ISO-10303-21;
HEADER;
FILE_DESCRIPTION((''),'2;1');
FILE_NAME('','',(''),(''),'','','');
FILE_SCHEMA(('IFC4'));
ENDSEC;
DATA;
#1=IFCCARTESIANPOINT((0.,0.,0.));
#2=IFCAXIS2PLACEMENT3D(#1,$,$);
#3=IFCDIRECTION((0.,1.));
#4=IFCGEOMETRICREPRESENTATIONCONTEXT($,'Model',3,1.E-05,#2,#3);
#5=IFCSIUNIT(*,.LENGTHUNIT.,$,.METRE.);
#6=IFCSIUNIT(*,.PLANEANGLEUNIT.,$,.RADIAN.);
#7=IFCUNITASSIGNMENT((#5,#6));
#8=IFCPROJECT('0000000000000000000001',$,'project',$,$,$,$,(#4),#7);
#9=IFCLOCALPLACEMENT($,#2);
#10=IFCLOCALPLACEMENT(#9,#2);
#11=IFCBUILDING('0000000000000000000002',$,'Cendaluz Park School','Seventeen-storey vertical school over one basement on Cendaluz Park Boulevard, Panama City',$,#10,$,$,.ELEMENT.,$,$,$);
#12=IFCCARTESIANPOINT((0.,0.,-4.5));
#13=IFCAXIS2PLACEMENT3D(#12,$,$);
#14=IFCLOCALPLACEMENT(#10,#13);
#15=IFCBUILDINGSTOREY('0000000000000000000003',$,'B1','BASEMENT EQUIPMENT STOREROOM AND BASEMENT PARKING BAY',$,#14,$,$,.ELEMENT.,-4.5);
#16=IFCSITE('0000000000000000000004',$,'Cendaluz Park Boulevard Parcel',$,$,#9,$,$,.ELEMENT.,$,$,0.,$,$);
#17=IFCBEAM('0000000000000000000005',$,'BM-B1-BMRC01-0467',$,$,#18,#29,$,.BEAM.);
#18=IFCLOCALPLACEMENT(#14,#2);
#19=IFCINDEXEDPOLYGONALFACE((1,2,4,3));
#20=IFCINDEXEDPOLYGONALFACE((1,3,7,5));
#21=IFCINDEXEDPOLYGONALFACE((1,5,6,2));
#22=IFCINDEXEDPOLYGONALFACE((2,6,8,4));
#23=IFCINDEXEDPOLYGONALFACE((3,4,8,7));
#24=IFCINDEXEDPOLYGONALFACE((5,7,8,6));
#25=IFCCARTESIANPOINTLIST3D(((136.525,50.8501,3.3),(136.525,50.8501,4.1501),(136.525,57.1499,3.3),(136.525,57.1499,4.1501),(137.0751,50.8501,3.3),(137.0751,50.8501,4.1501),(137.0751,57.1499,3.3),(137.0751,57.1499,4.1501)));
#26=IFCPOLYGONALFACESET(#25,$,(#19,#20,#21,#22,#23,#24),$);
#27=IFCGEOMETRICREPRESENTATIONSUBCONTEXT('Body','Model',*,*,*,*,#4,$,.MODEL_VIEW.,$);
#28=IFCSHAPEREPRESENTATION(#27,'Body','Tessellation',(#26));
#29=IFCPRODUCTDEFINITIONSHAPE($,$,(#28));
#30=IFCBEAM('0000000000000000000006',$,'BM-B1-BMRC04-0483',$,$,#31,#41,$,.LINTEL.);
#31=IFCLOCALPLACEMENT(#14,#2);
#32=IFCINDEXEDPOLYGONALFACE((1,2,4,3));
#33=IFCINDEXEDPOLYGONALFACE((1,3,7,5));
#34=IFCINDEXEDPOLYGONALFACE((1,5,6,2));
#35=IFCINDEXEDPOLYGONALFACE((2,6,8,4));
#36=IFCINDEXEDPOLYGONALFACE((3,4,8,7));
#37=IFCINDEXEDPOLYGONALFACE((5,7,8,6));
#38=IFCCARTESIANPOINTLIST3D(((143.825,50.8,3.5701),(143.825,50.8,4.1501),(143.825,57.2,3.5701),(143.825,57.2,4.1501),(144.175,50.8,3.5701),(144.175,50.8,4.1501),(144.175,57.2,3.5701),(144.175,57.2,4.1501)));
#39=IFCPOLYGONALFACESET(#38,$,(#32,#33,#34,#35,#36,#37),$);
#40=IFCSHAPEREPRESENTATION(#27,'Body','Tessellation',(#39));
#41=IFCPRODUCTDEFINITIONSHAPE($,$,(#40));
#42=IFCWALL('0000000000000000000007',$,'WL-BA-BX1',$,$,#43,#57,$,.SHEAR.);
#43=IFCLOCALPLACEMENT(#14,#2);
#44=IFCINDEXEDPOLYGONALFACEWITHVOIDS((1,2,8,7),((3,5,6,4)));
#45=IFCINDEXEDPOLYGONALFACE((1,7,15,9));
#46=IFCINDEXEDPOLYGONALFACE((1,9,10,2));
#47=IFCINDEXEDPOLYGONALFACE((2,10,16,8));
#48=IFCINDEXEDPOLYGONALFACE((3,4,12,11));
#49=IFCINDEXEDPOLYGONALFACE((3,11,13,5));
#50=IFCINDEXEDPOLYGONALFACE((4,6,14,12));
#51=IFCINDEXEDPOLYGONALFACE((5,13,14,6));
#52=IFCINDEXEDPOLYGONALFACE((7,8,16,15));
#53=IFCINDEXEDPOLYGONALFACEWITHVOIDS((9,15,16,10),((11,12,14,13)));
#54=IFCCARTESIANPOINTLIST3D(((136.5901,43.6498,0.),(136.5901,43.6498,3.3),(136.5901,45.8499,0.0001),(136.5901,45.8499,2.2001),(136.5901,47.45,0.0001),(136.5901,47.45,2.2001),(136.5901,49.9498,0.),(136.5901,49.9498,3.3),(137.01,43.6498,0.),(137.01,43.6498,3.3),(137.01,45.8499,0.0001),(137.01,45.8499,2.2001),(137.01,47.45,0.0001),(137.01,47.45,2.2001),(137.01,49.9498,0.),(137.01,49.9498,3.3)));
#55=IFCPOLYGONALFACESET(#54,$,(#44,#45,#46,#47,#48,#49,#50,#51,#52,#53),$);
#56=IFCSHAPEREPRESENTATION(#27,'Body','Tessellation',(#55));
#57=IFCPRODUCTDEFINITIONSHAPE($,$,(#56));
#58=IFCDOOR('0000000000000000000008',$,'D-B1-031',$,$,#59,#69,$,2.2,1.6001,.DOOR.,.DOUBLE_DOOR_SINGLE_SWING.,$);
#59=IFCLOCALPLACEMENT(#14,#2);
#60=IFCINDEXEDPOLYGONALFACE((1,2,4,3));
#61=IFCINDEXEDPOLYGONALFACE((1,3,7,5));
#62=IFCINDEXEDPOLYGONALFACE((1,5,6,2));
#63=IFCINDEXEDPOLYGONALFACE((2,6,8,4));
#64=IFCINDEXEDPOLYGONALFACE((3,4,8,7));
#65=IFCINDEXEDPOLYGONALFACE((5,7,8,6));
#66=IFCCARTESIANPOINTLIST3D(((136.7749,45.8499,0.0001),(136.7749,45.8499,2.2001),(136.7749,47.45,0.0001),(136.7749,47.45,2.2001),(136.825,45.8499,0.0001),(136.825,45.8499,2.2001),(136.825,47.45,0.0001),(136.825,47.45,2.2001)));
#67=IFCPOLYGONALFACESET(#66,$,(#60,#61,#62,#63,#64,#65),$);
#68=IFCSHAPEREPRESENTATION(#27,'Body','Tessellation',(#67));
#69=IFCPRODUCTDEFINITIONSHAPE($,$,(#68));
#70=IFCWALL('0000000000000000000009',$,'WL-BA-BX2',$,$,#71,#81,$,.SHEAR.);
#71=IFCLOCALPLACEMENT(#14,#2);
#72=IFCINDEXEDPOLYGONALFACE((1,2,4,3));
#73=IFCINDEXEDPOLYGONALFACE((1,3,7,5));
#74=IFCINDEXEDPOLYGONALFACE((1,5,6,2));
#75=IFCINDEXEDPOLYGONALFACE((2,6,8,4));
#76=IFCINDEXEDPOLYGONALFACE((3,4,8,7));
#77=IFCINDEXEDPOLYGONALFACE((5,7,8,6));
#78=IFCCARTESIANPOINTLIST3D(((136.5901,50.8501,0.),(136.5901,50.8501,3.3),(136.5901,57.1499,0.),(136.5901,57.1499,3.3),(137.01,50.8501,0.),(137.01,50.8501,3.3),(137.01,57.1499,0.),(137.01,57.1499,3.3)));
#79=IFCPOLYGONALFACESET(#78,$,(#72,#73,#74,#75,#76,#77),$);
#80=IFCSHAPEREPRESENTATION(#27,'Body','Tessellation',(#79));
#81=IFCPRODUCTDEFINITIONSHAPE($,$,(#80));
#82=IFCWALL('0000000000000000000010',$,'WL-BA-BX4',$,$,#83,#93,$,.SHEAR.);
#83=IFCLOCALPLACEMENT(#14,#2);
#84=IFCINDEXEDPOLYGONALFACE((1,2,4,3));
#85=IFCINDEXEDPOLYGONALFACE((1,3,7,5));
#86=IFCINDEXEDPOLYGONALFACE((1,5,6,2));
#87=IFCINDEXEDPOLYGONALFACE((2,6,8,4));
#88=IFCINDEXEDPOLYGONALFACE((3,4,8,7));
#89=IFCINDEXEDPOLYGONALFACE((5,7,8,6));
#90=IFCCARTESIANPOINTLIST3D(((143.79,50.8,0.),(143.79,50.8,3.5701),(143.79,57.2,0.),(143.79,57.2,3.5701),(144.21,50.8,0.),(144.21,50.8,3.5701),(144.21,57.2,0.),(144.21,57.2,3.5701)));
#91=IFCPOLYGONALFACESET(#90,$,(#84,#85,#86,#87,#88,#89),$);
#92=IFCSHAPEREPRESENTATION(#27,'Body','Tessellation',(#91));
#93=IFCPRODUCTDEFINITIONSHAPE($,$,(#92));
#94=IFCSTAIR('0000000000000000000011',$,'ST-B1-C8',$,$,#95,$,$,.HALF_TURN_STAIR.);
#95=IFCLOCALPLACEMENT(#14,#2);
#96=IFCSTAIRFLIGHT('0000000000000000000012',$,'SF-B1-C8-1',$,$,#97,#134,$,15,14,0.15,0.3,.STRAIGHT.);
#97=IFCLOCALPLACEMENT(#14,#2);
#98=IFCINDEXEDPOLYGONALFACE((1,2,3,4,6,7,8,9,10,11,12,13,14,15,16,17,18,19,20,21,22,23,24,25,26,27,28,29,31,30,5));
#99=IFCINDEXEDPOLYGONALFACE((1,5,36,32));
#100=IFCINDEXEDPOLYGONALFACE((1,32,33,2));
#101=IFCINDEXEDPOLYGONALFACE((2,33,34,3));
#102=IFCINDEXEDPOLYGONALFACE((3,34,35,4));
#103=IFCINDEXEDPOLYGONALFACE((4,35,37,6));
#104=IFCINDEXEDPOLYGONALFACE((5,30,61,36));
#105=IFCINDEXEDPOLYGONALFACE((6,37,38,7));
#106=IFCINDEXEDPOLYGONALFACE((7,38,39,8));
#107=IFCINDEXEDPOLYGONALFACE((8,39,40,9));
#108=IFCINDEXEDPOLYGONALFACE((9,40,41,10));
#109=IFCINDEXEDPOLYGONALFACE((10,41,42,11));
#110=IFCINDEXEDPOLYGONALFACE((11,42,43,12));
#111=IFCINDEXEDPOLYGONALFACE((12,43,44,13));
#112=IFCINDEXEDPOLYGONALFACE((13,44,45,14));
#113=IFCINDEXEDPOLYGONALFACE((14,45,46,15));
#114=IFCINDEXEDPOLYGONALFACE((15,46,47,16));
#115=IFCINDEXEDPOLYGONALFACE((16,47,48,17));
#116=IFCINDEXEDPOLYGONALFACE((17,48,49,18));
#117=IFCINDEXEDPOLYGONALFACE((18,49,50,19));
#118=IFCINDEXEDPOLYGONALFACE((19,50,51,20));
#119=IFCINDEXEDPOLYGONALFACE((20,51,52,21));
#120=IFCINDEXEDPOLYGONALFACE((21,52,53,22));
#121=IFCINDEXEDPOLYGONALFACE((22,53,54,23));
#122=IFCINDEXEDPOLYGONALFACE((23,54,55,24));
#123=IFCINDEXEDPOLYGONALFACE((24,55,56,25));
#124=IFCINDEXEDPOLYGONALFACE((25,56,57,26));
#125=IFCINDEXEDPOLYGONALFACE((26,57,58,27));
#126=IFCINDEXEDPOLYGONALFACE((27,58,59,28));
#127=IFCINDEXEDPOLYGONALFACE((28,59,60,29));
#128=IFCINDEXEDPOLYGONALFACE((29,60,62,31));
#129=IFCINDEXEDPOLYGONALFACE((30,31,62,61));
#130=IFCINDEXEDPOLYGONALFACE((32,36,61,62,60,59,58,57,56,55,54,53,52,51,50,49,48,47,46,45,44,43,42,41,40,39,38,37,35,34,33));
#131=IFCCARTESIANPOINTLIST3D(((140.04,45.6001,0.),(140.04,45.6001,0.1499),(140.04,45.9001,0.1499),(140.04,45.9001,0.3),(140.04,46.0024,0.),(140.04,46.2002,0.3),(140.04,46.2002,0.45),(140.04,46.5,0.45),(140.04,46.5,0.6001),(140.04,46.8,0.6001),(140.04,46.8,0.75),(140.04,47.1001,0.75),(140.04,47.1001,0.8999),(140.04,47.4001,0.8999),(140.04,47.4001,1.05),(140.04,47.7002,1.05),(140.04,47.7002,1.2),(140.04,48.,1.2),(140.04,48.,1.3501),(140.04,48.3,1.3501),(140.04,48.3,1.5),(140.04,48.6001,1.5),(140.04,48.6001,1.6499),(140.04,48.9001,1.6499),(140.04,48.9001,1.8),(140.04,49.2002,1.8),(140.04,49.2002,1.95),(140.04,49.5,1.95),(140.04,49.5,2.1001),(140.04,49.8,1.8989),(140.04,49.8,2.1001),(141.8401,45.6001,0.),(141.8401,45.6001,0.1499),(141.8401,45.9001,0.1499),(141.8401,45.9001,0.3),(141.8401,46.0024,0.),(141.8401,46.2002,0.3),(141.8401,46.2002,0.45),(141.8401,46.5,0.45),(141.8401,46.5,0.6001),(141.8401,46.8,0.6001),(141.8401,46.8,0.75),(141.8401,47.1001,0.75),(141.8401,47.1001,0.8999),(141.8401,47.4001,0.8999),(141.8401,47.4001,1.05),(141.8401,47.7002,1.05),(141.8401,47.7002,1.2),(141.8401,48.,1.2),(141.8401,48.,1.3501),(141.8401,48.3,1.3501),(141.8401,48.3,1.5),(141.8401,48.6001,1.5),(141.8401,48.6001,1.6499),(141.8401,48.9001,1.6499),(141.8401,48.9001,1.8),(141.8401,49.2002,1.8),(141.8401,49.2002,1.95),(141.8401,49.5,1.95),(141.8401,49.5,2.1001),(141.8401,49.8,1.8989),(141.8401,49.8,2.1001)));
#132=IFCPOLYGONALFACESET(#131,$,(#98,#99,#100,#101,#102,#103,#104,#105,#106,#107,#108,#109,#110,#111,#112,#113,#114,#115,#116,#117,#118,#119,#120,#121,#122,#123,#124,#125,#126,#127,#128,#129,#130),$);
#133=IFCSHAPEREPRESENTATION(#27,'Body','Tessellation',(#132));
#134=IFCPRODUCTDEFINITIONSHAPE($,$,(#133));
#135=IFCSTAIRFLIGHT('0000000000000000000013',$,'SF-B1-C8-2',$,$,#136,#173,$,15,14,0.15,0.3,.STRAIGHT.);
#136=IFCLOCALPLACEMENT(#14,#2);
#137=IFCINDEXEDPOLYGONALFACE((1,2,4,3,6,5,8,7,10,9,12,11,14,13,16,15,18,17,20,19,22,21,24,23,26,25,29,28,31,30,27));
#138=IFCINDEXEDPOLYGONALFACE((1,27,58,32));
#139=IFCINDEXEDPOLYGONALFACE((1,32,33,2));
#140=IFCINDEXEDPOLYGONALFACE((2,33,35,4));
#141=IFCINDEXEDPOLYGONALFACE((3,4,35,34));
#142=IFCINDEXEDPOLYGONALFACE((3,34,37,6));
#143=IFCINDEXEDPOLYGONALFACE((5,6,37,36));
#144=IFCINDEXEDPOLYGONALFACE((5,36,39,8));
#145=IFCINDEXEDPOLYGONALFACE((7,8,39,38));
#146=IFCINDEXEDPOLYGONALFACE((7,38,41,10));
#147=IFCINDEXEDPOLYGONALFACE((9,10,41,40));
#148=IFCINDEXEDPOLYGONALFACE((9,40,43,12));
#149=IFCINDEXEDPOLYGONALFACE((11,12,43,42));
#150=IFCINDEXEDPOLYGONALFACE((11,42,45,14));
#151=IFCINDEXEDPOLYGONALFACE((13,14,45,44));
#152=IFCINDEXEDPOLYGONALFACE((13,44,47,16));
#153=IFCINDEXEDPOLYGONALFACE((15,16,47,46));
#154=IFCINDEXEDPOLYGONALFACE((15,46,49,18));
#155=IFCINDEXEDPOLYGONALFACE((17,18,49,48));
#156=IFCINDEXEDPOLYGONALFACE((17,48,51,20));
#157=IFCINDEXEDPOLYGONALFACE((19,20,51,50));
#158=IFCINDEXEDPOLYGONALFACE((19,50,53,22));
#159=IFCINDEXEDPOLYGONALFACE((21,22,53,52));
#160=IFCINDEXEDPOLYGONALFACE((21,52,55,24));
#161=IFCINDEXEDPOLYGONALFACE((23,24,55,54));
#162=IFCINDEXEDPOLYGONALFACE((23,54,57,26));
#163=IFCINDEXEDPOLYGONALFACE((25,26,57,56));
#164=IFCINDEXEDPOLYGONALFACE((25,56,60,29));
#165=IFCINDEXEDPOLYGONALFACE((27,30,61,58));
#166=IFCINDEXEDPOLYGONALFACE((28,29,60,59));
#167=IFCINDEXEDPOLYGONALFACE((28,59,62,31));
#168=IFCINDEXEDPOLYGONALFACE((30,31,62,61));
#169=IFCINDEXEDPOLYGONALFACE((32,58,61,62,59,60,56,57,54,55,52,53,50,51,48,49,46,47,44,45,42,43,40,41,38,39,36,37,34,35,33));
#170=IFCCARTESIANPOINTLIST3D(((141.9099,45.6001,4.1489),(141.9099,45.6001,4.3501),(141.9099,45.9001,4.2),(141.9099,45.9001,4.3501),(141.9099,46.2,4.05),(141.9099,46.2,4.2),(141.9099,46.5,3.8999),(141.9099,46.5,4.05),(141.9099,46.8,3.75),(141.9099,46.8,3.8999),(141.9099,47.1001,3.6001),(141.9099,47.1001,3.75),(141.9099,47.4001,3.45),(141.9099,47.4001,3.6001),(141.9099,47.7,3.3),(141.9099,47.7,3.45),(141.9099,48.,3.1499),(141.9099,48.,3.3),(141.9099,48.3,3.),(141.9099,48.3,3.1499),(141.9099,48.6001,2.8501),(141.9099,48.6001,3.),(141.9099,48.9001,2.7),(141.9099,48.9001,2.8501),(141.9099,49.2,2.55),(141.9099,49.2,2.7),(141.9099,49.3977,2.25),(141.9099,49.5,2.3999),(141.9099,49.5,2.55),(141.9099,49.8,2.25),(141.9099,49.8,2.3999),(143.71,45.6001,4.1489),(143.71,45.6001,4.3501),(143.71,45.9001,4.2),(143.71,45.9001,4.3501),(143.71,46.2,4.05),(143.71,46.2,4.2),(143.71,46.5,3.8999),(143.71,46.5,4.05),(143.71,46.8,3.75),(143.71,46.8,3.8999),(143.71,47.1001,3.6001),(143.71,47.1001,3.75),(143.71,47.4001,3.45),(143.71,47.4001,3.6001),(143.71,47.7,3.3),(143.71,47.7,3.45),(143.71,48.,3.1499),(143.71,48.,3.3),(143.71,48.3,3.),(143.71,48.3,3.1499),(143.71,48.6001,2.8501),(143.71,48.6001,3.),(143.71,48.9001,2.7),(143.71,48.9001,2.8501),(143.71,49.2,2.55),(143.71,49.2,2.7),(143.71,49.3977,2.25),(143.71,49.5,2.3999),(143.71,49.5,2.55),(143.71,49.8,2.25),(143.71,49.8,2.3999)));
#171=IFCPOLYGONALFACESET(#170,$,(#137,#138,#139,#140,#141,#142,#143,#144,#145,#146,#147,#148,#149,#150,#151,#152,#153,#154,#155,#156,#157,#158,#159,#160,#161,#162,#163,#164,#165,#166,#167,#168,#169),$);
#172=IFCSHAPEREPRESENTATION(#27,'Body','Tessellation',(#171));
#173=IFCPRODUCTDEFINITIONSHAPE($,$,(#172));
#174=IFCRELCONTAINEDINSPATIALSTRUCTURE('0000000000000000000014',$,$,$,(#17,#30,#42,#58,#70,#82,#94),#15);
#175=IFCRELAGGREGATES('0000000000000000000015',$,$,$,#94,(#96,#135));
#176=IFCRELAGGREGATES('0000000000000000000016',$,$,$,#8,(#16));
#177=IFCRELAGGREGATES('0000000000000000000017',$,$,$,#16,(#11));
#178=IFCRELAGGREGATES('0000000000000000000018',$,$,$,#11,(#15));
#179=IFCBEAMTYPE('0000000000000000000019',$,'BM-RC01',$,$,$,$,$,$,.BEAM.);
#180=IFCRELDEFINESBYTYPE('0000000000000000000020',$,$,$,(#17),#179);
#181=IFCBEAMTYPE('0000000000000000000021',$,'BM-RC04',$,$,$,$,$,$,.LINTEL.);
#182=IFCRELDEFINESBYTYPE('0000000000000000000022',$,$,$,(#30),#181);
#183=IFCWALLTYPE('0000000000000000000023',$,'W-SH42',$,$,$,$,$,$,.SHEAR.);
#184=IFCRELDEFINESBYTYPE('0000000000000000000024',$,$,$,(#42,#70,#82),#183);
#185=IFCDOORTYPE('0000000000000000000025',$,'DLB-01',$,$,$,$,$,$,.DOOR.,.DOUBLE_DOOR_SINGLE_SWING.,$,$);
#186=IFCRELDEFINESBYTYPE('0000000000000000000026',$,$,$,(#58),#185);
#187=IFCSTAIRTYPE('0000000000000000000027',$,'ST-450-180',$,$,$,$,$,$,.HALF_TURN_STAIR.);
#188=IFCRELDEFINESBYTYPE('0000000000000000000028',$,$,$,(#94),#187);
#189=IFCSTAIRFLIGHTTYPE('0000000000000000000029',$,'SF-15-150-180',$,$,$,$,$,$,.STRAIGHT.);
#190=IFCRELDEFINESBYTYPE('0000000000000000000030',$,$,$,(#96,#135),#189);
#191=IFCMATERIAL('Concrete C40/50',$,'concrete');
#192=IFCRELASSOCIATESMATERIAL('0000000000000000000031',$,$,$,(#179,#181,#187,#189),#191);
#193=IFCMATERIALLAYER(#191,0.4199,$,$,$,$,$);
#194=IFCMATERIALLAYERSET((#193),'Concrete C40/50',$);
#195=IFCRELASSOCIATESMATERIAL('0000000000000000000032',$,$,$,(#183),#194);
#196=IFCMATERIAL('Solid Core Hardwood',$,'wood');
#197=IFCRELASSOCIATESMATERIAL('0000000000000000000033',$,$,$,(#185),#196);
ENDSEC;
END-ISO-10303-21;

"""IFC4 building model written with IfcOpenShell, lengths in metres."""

from ifc_helpers import new_model, si_unit, direction, frame, frame_2d, origin, origin_2d, place, context, subcontext, project, spatial, polyline, rectangle, outline, extrude, material, layer, layer_set, material_profile, profile_set, type_object, element, fill, aggregate, save


model = new_model("IFC4")

# Units and contexts
model_context = context("Model", 3, precision=1e-05, world=origin(), true_north=direction((0.0, 1.0)))
body_context = subcontext(model_context, "Body", "Model", "MODEL_VIEW")
ifc_project = project(units=[si_unit("LENGTHUNIT", "METRE"), si_unit("PLANEANGLEUNIT", "RADIAN")], contexts=[model_context])

# Site, building, storey
site_placement = place(None, origin())
site = spatial("IfcSite", under=ifc_project, at=site_placement, Name="Cendaluz Park Boulevard Parcel", CompositionType="ELEMENT", RefElevation=0.0)
building_placement = place(site_placement, origin())
building = spatial("IfcBuilding", under=site, at=building_placement, Name="Cendaluz Park School", Description="Seventeen-storey vertical school over one basement on Cendaluz Park Boulevard, Panama City", CompositionType="ELEMENT")
storey_placement = place(building_placement, frame((0.0, 0.0, -4.5)))
storey = spatial("IfcBuildingStorey", under=building, at=storey_placement, Name="B1", Description="BASEMENT EQUIPMENT STOREROOM AND BASEMENT PARKING BAY", CompositionType="ELEMENT", Elevation=-4.5)

# Shared definitions
ifc_material_1 = material(Name="Concrete C40/50", Category="concrete")

# Beams
ifc_material_profile_1 = material_profile(ifc_material_1, rectangle(XDim=0.55, YDim=0.8501, at=origin_2d()), Name="RC 550x850", Category="concrete")
ifc_profile_set_1 = profile_set([ifc_material_profile_1], Name="Concrete C40/50")
beam_type_1 = type_object("IfcBeamType", Name="BM-RC01", PredefinedType="BEAM", material=ifc_profile_set_1)
beam_1_placement = place(storey_placement, frame((136.8, 50.8501, 3.7251), z_axis=(0.0, 1.0, 0.0), x_axis=(-1.0, 0.0, 0.0)))
element("IfcBeam", 1, at=beam_1_placement, inside=storey, type_object=beam_type_1, Name="BM-B1-BMRC01-0467", PredefinedType="BEAM", context=body_context, shape_type="SweptSolid", body=[
    extrude(rectangle(XDim=0.55, YDim=0.8501, at=origin_2d()), origin(), (0.0, 0.0, 1.0), 6.2998),
])
ifc_material_profile_2 = material_profile(ifc_material_1, rectangle(XDim=0.3501, YDim=0.5801, at=origin_2d()), Name="RC 350x580", Category="concrete")
ifc_profile_set_2 = profile_set([ifc_material_profile_2], Name="Concrete C40/50")
beam_type_2 = type_object("IfcBeamType", Name="BM-RC04", PredefinedType="LINTEL", material=ifc_profile_set_2)
beam_2_placement = place(storey_placement, frame((144.0, 50.8, 3.8601), z_axis=(0.0, 1.0, 0.0), x_axis=(-1.0, 0.0, 0.0)))
element("IfcBeam", 2, at=beam_2_placement, inside=storey, type_object=beam_type_2, Name="BM-B1-BMRC04-0483", PredefinedType="LINTEL", context=body_context, shape_type="SweptSolid", body=[
    extrude(rectangle(XDim=0.3501, YDim=0.5801, at=origin_2d()), origin(), (0.0, 0.0, 1.0), 6.3999),
])

# Wall, opening, door
ifc_layer = layer(ifc_material_1, 0.4199)
ifc_layer_set = layer_set([ifc_layer], Name="Concrete C40/50")
wall_type = type_object("IfcWallType", Name="W-SH42", PredefinedType="SHEAR", material=ifc_layer_set)
wall_1_placement = place(storey_placement, frame((136.8, 43.6499, 0.0), z_axis=(0.0, 0.0, 1.0), x_axis=(0.0, 1.0, 0.0)))
wall_1 = element("IfcWall", 3, at=wall_1_placement, inside=storey, type_object=wall_type, Name="WL-BA-BX1", PredefinedType="SHEAR", context=body_context, shape_type="SweptSolid", body=[
    extrude(rectangle(XDim=6.3, YDim=0.4199, at=frame_2d((3.1499, 0.0))), origin(), (0.0, 0.0, 1.0), 3.3),
])
opening_placement = place(wall_1_placement, frame((2.2, 0.0, 0.0)))
opening = element("IfcOpeningElement", 4, at=opening_placement, cuts=wall_1, PredefinedType="OPENING", context=body_context, shape_type="SweptSolid", body=[
    extrude(rectangle(XDim=1.6001, YDim=2.2, at=frame_2d((0.8, 1.1001))), frame((0.0, 0.2219, 0.0), z_axis=(0.0, -1.0, 0.0), x_axis=(1.0, 0.0, 0.0)), (0.0, 0.0, 1.0), 0.4438),
])
ifc_material_2 = material(Name="Solid Core Hardwood", Category="wood")
door_type = type_object("IfcDoorType", Name="DLB-01", OperationType="DOUBLE_DOOR_SINGLE_SWING", PredefinedType="DOOR", material=ifc_material_2)
door_placement = place(opening_placement, frame((1.6001, 0.0, 0.0), z_axis=(0.0, 0.0, 1.0), x_axis=(-1.0, 0.0, 0.0)))
door = element("IfcDoor", 5, at=door_placement, inside=storey, type_object=door_type, Name="D-B1-031", OperationType="DOUBLE_DOOR_SINGLE_SWING", OverallHeight=2.2, OverallWidth=1.6001, PredefinedType="DOOR", context=body_context, shape_type="SweptSolid", body=[
    extrude(rectangle(XDim=1.6001, YDim=2.2, at=frame_2d((0.8, 1.1001))), frame((0.0, 0.0249, 0.0), z_axis=(0.0, -1.0, 0.0), x_axis=(1.0, 0.0, 0.0)), (0.0, 0.0, 1.0), 0.05),
])
fill(opening, door)

# Walls
wall_2_placement = place(storey_placement, frame((136.8, 50.8501, 0.0), z_axis=(0.0, 0.0, 1.0), x_axis=(0.0, 1.0, 0.0)))
element("IfcWall", 6, at=wall_2_placement, inside=storey, type_object=wall_type, Name="WL-BA-BX2", PredefinedType="SHEAR", context=body_context, shape_type="SweptSolid", body=[
    extrude(rectangle(XDim=6.2998, YDim=0.4199, at=frame_2d((3.1499, 0.0))), origin(), (0.0, 0.0, 1.0), 3.3),
])
wall_3_placement = place(storey_placement, frame((144.0, 50.8, 0.0), z_axis=(0.0, 0.0, 1.0), x_axis=(0.0, 1.0, 0.0)))
element("IfcWall", 7, at=wall_3_placement, inside=storey, type_object=wall_type, Name="WL-BA-BX4", PredefinedType="SHEAR", context=body_context, shape_type="SweptSolid", body=[
    extrude(rectangle(XDim=6.3999, YDim=0.4199, at=frame_2d((3.2, 0.0))), origin(), (0.0, 0.0, 1.0), 3.5701),
])

# Stair, stair flights
stair_type = type_object("IfcStairType", Name="ST-450-180", PredefinedType="HALF_TURN_STAIR", material=ifc_material_1)
stair_placement = place(storey_placement, origin())
stair = element("IfcStair", 8, at=stair_placement, inside=storey, type_object=stair_type, Name="ST-B1-C8", PredefinedType="HALF_TURN_STAIR")
stair_flight_type = type_object("IfcStairFlightType", Name="SF-15-150-180", PredefinedType="STRAIGHT", material=ifc_material_1)
stair_flight_1_placement = place(storey_placement, frame((140.9399, 45.6001, 0.0), z_axis=(0.0, 0.0, 1.0), x_axis=(0.0, 1.0, 0.0)))
stair_flight_1 = element("IfcStairFlight", 9, at=stair_flight_1_placement, type_object=stair_flight_type, Name="SF-B1-C8-1", NumberOfRisers=15, NumberOfTreads=14, PredefinedType="STRAIGHT", RiserHeight=0.15, TreadLength=0.3, context=body_context, shape_type="SweptSolid", body=[
    extrude(outline(polyline([(0.0, 0.0), (0.0, 0.1499), (0.3, 0.1499), (0.3, 0.3), (0.6001, 0.3), (0.6001, 0.45), (0.8999, 0.45), (0.8999, 0.6001), (1.2, 0.6001), (1.2, 0.75), (1.5, 0.75), (1.5, 0.8999), (1.8, 0.8999), (1.8, 1.05), (2.1001, 1.05), (2.1001, 1.2), (2.3999, 1.2), (2.3999, 1.3501), (2.7, 1.3501), (2.7, 1.5), (3.0, 1.5), (3.0, 1.6499), (3.3, 1.6499), (3.3, 1.8), (3.6001, 1.8), (3.6001, 1.95), (3.8999, 1.95), (3.8999, 2.1001), (4.2, 2.1001), (4.2, 2.25), (4.2, 1.8989), (0.4023, 0.0), (0.0, 0.0)])), frame((0.0, 0.8999, 0.0), z_axis=(0.0, -1.0, 0.0), x_axis=(1.0, 0.0, 0.0)), (0.0, 0.0, 1.0), 1.8),
])
stair_flight_2_placement = place(storey_placement, frame((142.8101, 49.8, 2.25), z_axis=(0.0, 0.0, 1.0), x_axis=(0.0, -1.0, 0.0)))
stair_flight_2 = element("IfcStairFlight", 10, at=stair_flight_2_placement, type_object=stair_flight_type, Name="SF-B1-C8-2", NumberOfRisers=15, NumberOfTreads=14, PredefinedType="STRAIGHT", RiserHeight=0.15, TreadLength=0.3, context=body_context, shape_type="SweptSolid", body=[
    extrude(outline(polyline([(0.0, 0.0), (0.0, 0.1499), (0.3, 0.1499), (0.3, 0.3), (0.6001, 0.3), (0.6001, 0.45), (0.8999, 0.45), (0.8999, 0.6001), (1.2, 0.6001), (1.2, 0.75), (1.5, 0.75), (1.5, 0.8999), (1.8, 0.8999), (1.8, 1.05), (2.1001, 1.05), (2.1001, 1.2), (2.3999, 1.2), (2.3999, 1.3501), (2.7, 1.3501), (2.7, 1.5), (3.0, 1.5), (3.0, 1.6499), (3.3, 1.6499), (3.3, 1.8), (3.6001, 1.8), (3.6001, 1.95), (3.8999, 1.95), (3.8999, 2.1001), (4.2, 2.1001), (4.2, 2.25), (4.2, 1.8989), (0.4023, 0.0), (0.0, 0.0)])), frame((0.0, 0.8999, 0.0), z_axis=(0.0, -1.0, 0.0), x_axis=(1.0, 0.0, 0.0)), (0.0, 0.0, 1.0), 1.8),
])
aggregate(stair, [stair_flight_1, stair_flight_2])

save(model, "model.ifc")
